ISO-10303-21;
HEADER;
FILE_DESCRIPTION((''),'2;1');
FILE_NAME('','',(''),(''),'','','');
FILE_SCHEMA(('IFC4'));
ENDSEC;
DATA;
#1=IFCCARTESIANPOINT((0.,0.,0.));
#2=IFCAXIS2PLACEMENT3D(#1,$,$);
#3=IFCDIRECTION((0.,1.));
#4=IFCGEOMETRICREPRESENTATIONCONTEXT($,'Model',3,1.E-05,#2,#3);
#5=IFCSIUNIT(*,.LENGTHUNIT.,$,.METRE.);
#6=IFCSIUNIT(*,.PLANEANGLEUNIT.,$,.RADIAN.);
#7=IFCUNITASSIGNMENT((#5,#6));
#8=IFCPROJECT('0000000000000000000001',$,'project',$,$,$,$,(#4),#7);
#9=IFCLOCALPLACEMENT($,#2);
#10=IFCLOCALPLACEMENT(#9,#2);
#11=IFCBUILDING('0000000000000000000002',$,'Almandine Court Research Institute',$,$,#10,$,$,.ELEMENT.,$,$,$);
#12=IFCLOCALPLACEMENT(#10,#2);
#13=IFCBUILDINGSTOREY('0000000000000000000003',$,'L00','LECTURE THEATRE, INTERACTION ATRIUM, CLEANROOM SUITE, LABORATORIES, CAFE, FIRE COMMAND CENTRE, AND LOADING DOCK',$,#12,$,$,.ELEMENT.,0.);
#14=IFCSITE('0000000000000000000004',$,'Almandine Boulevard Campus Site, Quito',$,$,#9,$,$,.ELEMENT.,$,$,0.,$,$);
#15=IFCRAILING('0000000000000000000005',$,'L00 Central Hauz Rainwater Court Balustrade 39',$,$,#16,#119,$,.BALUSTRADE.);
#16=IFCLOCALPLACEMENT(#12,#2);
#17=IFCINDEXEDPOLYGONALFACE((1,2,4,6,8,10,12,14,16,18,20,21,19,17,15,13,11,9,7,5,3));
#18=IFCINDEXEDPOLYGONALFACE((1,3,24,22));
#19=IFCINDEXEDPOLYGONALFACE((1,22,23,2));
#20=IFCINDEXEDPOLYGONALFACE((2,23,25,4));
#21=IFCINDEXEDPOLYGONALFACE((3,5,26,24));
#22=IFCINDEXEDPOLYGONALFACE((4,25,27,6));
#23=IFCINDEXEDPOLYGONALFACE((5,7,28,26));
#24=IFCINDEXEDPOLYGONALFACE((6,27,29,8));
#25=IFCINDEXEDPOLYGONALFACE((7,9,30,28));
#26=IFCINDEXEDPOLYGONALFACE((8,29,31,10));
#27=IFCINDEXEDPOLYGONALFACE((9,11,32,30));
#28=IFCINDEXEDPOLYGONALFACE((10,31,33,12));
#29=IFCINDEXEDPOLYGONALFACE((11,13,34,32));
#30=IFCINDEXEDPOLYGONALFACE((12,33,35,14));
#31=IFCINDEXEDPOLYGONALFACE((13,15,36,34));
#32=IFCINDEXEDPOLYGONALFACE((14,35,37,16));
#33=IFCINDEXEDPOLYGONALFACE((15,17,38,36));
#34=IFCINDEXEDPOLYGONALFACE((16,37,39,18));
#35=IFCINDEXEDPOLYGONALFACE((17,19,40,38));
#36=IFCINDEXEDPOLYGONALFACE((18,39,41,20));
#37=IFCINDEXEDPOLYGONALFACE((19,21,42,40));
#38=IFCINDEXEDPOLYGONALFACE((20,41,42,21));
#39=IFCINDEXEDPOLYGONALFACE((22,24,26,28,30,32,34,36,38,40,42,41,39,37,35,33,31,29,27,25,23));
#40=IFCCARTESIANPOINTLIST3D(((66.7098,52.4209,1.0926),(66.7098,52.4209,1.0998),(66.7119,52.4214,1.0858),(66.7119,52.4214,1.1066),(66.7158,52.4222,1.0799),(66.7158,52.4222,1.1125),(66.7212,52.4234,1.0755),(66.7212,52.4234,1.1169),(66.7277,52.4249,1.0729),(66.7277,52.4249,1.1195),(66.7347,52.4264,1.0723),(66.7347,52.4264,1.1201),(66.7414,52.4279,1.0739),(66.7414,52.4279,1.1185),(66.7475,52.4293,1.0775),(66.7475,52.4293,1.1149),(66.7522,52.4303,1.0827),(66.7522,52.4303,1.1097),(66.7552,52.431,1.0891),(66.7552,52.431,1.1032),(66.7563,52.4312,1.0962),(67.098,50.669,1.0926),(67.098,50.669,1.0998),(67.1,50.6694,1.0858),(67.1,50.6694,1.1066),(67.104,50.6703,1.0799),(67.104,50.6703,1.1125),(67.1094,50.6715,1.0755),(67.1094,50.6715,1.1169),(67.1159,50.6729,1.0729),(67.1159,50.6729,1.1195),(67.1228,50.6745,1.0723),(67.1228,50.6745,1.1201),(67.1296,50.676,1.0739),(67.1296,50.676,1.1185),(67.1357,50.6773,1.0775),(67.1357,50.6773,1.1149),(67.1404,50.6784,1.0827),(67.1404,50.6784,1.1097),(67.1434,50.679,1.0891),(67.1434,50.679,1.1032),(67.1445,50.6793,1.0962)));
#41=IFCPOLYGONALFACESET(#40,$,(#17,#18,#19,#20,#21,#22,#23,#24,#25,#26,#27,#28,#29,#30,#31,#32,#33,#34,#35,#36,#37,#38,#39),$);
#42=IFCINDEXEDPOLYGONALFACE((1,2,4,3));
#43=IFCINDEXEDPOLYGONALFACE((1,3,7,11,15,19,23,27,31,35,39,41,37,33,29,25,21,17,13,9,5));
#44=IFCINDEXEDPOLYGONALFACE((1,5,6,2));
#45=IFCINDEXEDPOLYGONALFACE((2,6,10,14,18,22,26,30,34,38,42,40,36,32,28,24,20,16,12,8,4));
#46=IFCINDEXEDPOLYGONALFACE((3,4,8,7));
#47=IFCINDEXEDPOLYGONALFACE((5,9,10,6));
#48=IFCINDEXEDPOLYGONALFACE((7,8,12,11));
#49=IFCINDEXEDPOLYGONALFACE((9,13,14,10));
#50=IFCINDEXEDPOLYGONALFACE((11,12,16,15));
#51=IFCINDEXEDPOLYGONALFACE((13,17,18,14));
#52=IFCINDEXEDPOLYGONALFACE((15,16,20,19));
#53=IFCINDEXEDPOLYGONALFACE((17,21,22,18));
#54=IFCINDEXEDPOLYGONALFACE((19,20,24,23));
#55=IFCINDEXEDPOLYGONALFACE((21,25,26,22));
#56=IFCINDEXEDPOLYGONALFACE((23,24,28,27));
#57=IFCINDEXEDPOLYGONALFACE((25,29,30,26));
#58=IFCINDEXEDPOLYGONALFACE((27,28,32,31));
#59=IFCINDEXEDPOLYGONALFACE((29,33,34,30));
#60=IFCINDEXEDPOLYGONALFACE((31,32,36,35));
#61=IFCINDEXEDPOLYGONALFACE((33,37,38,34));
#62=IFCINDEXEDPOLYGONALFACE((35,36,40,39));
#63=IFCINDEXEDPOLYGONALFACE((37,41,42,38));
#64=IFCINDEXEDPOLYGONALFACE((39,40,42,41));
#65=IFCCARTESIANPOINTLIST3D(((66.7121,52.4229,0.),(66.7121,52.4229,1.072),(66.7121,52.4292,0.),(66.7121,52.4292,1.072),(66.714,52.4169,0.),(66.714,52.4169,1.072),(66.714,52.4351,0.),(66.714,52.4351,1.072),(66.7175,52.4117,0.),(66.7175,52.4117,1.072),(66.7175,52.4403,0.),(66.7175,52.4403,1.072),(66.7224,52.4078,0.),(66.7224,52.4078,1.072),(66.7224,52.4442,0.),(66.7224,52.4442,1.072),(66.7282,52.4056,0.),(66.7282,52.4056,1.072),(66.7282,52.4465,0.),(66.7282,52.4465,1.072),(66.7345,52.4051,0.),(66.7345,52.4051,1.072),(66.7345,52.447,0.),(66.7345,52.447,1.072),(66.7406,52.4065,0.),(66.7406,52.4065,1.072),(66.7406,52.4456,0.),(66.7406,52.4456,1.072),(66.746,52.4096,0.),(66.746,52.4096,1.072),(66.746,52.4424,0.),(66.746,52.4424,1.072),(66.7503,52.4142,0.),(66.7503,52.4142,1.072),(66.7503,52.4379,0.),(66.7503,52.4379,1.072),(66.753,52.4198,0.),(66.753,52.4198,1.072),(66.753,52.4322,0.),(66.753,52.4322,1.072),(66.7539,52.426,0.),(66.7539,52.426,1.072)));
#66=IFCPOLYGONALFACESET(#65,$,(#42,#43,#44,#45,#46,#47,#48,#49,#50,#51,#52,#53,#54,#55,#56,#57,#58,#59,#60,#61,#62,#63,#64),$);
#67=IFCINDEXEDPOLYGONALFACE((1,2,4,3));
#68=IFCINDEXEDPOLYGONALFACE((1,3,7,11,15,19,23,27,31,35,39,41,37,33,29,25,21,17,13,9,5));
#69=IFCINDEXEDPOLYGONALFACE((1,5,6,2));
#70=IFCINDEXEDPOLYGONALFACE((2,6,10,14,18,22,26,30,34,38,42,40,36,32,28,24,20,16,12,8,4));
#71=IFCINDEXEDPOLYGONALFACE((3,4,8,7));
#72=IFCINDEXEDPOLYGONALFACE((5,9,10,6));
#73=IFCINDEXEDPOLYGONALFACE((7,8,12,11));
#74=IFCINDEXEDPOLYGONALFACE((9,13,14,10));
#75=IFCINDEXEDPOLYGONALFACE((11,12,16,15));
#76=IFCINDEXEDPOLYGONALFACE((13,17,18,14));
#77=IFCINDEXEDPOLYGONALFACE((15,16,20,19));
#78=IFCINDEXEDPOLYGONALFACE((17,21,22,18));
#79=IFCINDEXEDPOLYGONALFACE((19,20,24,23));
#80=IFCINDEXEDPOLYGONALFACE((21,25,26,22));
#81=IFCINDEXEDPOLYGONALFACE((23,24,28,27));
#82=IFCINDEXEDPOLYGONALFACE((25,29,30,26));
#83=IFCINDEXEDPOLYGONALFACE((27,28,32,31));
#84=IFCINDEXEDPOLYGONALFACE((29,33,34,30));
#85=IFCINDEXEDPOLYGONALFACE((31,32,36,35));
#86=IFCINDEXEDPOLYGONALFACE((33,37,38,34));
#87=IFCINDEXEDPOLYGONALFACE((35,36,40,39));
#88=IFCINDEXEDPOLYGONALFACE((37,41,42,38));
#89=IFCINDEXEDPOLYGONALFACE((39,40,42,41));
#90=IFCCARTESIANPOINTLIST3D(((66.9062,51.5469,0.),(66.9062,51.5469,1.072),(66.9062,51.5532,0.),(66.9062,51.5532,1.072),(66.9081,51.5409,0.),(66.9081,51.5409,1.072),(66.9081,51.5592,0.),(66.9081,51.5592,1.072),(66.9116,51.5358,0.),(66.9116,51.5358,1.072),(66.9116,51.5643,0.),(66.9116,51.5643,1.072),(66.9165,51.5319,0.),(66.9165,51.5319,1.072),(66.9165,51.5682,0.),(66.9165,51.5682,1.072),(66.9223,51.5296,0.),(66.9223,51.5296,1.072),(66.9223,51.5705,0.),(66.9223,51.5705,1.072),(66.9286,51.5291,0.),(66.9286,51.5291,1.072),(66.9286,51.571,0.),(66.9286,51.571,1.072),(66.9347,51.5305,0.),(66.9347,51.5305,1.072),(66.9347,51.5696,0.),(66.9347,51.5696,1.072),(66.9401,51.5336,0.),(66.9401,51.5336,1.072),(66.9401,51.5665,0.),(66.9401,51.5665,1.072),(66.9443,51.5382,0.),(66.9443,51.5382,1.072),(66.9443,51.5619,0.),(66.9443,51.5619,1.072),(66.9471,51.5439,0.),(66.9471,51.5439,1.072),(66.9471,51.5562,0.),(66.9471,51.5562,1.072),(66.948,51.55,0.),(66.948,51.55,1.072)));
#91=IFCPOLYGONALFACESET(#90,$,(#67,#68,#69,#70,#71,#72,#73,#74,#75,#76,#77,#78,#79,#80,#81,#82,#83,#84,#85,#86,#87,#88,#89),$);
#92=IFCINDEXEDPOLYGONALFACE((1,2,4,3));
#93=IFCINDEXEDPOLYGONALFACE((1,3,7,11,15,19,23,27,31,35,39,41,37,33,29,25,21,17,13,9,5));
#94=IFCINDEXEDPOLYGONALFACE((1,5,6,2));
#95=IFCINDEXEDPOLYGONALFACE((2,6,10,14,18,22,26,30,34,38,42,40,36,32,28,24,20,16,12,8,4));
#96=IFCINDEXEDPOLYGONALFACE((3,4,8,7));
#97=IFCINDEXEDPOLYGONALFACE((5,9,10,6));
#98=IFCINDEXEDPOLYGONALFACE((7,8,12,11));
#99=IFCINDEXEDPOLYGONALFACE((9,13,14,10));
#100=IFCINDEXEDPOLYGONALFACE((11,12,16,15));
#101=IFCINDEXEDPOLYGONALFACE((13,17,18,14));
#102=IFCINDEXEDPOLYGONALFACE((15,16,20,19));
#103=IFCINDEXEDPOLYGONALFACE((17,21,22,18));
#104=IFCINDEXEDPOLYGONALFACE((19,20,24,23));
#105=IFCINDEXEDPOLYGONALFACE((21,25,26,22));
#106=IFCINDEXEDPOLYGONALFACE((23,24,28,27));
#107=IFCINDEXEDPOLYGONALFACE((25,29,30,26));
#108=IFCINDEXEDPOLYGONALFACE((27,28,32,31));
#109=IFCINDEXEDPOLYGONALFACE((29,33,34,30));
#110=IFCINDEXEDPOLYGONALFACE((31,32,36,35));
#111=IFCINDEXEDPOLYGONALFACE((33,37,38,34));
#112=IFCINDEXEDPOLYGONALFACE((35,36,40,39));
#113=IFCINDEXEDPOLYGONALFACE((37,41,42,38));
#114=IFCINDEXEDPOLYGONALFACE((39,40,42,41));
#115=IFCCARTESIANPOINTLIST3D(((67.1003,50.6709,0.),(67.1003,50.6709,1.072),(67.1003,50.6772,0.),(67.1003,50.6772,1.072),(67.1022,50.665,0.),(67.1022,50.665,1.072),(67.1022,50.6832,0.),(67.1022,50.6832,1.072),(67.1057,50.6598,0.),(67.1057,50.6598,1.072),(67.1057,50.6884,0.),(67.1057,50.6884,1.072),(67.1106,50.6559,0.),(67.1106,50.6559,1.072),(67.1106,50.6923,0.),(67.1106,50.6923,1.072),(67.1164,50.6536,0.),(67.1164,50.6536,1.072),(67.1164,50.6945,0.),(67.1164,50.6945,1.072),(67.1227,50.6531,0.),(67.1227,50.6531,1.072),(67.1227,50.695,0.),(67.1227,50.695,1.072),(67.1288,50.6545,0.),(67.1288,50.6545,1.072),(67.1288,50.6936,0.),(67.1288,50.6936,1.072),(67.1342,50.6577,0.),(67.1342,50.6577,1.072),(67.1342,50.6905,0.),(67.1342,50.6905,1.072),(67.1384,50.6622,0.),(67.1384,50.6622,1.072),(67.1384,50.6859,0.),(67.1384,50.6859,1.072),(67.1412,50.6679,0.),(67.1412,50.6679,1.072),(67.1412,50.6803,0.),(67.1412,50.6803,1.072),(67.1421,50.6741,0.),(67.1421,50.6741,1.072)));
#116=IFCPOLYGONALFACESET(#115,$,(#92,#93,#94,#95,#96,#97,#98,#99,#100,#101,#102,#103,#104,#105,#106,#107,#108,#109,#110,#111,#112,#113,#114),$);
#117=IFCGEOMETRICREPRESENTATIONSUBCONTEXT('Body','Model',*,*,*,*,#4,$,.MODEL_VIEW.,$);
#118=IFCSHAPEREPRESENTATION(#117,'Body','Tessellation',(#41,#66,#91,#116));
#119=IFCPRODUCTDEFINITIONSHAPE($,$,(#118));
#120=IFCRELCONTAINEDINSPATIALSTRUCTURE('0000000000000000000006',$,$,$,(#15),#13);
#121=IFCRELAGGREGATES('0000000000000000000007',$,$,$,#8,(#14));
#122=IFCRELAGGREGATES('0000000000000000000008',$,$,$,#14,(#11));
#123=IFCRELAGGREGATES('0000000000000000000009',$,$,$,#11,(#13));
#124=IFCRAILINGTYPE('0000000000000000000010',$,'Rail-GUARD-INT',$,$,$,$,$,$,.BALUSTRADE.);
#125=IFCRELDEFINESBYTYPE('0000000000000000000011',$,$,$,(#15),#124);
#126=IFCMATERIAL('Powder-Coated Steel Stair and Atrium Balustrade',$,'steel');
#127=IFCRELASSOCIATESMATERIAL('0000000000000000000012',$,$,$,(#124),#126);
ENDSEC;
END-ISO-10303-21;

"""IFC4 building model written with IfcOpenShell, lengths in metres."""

from ifc_helpers import new_model, si_unit, direction, frame, origin, origin_2d, place, context, subcontext, project, spatial, circle, extrude, material, type_object, element, save


model = new_model("IFC4")

# Units and contexts
model_context = context("Model", 3, precision=1e-05, world=origin(), true_north=direction((0.0, 1.0)))
body_context = subcontext(model_context, "Body", "Model", "MODEL_VIEW")
ifc_project = project(units=[si_unit("LENGTHUNIT", "METRE"), si_unit("PLANEANGLEUNIT", "RADIAN")], contexts=[model_context])

# Site, building, storey
site_placement = place(None, origin())
site = spatial("IfcSite", under=ifc_project, at=site_placement, Name="Almandine Boulevard Campus Site, Quito", CompositionType="ELEMENT", RefElevation=0.0)
building_placement = place(site_placement, origin())
building = spatial("IfcBuilding", under=site, at=building_placement, Name="Almandine Court Research Institute", CompositionType="ELEMENT")
storey_placement = place(building_placement, origin())
storey = spatial("IfcBuildingStorey", under=building, at=storey_placement, Name="L00", Description="LECTURE THEATRE, INTERACTION ATRIUM, CLEANROOM SUITE, LABORATORIES, CAFE, FIRE COMMAND CENTRE, AND LOADING DOCK", CompositionType="ELEMENT", Elevation=0.0)

# Railing
ifc_material_1 = material(Name="Powder-Coated Steel Stair and Atrium Balustrade", Category="steel")
railing_type = type_object("IfcRailingType", Name="Rail-GUARD-INT", PredefinedType="BALUSTRADE", material=ifc_material_1)
railing_1_placement = place(storey_placement, frame((66.7329, 52.426, 0.0)))
element("IfcRailing", 1, at=railing_1_placement, inside=storey, type_object=railing_type, Name="L00 Central Hauz Rainwater Court Balustrade 39", PredefinedType="BALUSTRADE", context=body_context, shape_type="SweptSolid", body=[
    extrude(circle(Radius=0.0239, at=origin_2d()), frame((0.0, 0.0, 1.0962), z_axis=(0.216325, -0.976321, 0.0), x_axis=(0.976321, 0.216325, 0.0)), (0.0, 0.0, 1.0), 1.7944),
    extrude(circle(Radius=0.021, at=origin_2d()), origin(), (0.0, 0.0, 1.0), 1.072),
    extrude(circle(Radius=0.021, at=origin_2d()), frame((0.1941, -0.876, 0.0)), (0.0, 0.0, 1.0), 1.072),
    extrude(circle(Radius=0.021, at=origin_2d()), frame((0.3882, -1.752, 0.0)), (0.0, 0.0, 1.0), 1.072),
])

save(model, "model.ifc")
